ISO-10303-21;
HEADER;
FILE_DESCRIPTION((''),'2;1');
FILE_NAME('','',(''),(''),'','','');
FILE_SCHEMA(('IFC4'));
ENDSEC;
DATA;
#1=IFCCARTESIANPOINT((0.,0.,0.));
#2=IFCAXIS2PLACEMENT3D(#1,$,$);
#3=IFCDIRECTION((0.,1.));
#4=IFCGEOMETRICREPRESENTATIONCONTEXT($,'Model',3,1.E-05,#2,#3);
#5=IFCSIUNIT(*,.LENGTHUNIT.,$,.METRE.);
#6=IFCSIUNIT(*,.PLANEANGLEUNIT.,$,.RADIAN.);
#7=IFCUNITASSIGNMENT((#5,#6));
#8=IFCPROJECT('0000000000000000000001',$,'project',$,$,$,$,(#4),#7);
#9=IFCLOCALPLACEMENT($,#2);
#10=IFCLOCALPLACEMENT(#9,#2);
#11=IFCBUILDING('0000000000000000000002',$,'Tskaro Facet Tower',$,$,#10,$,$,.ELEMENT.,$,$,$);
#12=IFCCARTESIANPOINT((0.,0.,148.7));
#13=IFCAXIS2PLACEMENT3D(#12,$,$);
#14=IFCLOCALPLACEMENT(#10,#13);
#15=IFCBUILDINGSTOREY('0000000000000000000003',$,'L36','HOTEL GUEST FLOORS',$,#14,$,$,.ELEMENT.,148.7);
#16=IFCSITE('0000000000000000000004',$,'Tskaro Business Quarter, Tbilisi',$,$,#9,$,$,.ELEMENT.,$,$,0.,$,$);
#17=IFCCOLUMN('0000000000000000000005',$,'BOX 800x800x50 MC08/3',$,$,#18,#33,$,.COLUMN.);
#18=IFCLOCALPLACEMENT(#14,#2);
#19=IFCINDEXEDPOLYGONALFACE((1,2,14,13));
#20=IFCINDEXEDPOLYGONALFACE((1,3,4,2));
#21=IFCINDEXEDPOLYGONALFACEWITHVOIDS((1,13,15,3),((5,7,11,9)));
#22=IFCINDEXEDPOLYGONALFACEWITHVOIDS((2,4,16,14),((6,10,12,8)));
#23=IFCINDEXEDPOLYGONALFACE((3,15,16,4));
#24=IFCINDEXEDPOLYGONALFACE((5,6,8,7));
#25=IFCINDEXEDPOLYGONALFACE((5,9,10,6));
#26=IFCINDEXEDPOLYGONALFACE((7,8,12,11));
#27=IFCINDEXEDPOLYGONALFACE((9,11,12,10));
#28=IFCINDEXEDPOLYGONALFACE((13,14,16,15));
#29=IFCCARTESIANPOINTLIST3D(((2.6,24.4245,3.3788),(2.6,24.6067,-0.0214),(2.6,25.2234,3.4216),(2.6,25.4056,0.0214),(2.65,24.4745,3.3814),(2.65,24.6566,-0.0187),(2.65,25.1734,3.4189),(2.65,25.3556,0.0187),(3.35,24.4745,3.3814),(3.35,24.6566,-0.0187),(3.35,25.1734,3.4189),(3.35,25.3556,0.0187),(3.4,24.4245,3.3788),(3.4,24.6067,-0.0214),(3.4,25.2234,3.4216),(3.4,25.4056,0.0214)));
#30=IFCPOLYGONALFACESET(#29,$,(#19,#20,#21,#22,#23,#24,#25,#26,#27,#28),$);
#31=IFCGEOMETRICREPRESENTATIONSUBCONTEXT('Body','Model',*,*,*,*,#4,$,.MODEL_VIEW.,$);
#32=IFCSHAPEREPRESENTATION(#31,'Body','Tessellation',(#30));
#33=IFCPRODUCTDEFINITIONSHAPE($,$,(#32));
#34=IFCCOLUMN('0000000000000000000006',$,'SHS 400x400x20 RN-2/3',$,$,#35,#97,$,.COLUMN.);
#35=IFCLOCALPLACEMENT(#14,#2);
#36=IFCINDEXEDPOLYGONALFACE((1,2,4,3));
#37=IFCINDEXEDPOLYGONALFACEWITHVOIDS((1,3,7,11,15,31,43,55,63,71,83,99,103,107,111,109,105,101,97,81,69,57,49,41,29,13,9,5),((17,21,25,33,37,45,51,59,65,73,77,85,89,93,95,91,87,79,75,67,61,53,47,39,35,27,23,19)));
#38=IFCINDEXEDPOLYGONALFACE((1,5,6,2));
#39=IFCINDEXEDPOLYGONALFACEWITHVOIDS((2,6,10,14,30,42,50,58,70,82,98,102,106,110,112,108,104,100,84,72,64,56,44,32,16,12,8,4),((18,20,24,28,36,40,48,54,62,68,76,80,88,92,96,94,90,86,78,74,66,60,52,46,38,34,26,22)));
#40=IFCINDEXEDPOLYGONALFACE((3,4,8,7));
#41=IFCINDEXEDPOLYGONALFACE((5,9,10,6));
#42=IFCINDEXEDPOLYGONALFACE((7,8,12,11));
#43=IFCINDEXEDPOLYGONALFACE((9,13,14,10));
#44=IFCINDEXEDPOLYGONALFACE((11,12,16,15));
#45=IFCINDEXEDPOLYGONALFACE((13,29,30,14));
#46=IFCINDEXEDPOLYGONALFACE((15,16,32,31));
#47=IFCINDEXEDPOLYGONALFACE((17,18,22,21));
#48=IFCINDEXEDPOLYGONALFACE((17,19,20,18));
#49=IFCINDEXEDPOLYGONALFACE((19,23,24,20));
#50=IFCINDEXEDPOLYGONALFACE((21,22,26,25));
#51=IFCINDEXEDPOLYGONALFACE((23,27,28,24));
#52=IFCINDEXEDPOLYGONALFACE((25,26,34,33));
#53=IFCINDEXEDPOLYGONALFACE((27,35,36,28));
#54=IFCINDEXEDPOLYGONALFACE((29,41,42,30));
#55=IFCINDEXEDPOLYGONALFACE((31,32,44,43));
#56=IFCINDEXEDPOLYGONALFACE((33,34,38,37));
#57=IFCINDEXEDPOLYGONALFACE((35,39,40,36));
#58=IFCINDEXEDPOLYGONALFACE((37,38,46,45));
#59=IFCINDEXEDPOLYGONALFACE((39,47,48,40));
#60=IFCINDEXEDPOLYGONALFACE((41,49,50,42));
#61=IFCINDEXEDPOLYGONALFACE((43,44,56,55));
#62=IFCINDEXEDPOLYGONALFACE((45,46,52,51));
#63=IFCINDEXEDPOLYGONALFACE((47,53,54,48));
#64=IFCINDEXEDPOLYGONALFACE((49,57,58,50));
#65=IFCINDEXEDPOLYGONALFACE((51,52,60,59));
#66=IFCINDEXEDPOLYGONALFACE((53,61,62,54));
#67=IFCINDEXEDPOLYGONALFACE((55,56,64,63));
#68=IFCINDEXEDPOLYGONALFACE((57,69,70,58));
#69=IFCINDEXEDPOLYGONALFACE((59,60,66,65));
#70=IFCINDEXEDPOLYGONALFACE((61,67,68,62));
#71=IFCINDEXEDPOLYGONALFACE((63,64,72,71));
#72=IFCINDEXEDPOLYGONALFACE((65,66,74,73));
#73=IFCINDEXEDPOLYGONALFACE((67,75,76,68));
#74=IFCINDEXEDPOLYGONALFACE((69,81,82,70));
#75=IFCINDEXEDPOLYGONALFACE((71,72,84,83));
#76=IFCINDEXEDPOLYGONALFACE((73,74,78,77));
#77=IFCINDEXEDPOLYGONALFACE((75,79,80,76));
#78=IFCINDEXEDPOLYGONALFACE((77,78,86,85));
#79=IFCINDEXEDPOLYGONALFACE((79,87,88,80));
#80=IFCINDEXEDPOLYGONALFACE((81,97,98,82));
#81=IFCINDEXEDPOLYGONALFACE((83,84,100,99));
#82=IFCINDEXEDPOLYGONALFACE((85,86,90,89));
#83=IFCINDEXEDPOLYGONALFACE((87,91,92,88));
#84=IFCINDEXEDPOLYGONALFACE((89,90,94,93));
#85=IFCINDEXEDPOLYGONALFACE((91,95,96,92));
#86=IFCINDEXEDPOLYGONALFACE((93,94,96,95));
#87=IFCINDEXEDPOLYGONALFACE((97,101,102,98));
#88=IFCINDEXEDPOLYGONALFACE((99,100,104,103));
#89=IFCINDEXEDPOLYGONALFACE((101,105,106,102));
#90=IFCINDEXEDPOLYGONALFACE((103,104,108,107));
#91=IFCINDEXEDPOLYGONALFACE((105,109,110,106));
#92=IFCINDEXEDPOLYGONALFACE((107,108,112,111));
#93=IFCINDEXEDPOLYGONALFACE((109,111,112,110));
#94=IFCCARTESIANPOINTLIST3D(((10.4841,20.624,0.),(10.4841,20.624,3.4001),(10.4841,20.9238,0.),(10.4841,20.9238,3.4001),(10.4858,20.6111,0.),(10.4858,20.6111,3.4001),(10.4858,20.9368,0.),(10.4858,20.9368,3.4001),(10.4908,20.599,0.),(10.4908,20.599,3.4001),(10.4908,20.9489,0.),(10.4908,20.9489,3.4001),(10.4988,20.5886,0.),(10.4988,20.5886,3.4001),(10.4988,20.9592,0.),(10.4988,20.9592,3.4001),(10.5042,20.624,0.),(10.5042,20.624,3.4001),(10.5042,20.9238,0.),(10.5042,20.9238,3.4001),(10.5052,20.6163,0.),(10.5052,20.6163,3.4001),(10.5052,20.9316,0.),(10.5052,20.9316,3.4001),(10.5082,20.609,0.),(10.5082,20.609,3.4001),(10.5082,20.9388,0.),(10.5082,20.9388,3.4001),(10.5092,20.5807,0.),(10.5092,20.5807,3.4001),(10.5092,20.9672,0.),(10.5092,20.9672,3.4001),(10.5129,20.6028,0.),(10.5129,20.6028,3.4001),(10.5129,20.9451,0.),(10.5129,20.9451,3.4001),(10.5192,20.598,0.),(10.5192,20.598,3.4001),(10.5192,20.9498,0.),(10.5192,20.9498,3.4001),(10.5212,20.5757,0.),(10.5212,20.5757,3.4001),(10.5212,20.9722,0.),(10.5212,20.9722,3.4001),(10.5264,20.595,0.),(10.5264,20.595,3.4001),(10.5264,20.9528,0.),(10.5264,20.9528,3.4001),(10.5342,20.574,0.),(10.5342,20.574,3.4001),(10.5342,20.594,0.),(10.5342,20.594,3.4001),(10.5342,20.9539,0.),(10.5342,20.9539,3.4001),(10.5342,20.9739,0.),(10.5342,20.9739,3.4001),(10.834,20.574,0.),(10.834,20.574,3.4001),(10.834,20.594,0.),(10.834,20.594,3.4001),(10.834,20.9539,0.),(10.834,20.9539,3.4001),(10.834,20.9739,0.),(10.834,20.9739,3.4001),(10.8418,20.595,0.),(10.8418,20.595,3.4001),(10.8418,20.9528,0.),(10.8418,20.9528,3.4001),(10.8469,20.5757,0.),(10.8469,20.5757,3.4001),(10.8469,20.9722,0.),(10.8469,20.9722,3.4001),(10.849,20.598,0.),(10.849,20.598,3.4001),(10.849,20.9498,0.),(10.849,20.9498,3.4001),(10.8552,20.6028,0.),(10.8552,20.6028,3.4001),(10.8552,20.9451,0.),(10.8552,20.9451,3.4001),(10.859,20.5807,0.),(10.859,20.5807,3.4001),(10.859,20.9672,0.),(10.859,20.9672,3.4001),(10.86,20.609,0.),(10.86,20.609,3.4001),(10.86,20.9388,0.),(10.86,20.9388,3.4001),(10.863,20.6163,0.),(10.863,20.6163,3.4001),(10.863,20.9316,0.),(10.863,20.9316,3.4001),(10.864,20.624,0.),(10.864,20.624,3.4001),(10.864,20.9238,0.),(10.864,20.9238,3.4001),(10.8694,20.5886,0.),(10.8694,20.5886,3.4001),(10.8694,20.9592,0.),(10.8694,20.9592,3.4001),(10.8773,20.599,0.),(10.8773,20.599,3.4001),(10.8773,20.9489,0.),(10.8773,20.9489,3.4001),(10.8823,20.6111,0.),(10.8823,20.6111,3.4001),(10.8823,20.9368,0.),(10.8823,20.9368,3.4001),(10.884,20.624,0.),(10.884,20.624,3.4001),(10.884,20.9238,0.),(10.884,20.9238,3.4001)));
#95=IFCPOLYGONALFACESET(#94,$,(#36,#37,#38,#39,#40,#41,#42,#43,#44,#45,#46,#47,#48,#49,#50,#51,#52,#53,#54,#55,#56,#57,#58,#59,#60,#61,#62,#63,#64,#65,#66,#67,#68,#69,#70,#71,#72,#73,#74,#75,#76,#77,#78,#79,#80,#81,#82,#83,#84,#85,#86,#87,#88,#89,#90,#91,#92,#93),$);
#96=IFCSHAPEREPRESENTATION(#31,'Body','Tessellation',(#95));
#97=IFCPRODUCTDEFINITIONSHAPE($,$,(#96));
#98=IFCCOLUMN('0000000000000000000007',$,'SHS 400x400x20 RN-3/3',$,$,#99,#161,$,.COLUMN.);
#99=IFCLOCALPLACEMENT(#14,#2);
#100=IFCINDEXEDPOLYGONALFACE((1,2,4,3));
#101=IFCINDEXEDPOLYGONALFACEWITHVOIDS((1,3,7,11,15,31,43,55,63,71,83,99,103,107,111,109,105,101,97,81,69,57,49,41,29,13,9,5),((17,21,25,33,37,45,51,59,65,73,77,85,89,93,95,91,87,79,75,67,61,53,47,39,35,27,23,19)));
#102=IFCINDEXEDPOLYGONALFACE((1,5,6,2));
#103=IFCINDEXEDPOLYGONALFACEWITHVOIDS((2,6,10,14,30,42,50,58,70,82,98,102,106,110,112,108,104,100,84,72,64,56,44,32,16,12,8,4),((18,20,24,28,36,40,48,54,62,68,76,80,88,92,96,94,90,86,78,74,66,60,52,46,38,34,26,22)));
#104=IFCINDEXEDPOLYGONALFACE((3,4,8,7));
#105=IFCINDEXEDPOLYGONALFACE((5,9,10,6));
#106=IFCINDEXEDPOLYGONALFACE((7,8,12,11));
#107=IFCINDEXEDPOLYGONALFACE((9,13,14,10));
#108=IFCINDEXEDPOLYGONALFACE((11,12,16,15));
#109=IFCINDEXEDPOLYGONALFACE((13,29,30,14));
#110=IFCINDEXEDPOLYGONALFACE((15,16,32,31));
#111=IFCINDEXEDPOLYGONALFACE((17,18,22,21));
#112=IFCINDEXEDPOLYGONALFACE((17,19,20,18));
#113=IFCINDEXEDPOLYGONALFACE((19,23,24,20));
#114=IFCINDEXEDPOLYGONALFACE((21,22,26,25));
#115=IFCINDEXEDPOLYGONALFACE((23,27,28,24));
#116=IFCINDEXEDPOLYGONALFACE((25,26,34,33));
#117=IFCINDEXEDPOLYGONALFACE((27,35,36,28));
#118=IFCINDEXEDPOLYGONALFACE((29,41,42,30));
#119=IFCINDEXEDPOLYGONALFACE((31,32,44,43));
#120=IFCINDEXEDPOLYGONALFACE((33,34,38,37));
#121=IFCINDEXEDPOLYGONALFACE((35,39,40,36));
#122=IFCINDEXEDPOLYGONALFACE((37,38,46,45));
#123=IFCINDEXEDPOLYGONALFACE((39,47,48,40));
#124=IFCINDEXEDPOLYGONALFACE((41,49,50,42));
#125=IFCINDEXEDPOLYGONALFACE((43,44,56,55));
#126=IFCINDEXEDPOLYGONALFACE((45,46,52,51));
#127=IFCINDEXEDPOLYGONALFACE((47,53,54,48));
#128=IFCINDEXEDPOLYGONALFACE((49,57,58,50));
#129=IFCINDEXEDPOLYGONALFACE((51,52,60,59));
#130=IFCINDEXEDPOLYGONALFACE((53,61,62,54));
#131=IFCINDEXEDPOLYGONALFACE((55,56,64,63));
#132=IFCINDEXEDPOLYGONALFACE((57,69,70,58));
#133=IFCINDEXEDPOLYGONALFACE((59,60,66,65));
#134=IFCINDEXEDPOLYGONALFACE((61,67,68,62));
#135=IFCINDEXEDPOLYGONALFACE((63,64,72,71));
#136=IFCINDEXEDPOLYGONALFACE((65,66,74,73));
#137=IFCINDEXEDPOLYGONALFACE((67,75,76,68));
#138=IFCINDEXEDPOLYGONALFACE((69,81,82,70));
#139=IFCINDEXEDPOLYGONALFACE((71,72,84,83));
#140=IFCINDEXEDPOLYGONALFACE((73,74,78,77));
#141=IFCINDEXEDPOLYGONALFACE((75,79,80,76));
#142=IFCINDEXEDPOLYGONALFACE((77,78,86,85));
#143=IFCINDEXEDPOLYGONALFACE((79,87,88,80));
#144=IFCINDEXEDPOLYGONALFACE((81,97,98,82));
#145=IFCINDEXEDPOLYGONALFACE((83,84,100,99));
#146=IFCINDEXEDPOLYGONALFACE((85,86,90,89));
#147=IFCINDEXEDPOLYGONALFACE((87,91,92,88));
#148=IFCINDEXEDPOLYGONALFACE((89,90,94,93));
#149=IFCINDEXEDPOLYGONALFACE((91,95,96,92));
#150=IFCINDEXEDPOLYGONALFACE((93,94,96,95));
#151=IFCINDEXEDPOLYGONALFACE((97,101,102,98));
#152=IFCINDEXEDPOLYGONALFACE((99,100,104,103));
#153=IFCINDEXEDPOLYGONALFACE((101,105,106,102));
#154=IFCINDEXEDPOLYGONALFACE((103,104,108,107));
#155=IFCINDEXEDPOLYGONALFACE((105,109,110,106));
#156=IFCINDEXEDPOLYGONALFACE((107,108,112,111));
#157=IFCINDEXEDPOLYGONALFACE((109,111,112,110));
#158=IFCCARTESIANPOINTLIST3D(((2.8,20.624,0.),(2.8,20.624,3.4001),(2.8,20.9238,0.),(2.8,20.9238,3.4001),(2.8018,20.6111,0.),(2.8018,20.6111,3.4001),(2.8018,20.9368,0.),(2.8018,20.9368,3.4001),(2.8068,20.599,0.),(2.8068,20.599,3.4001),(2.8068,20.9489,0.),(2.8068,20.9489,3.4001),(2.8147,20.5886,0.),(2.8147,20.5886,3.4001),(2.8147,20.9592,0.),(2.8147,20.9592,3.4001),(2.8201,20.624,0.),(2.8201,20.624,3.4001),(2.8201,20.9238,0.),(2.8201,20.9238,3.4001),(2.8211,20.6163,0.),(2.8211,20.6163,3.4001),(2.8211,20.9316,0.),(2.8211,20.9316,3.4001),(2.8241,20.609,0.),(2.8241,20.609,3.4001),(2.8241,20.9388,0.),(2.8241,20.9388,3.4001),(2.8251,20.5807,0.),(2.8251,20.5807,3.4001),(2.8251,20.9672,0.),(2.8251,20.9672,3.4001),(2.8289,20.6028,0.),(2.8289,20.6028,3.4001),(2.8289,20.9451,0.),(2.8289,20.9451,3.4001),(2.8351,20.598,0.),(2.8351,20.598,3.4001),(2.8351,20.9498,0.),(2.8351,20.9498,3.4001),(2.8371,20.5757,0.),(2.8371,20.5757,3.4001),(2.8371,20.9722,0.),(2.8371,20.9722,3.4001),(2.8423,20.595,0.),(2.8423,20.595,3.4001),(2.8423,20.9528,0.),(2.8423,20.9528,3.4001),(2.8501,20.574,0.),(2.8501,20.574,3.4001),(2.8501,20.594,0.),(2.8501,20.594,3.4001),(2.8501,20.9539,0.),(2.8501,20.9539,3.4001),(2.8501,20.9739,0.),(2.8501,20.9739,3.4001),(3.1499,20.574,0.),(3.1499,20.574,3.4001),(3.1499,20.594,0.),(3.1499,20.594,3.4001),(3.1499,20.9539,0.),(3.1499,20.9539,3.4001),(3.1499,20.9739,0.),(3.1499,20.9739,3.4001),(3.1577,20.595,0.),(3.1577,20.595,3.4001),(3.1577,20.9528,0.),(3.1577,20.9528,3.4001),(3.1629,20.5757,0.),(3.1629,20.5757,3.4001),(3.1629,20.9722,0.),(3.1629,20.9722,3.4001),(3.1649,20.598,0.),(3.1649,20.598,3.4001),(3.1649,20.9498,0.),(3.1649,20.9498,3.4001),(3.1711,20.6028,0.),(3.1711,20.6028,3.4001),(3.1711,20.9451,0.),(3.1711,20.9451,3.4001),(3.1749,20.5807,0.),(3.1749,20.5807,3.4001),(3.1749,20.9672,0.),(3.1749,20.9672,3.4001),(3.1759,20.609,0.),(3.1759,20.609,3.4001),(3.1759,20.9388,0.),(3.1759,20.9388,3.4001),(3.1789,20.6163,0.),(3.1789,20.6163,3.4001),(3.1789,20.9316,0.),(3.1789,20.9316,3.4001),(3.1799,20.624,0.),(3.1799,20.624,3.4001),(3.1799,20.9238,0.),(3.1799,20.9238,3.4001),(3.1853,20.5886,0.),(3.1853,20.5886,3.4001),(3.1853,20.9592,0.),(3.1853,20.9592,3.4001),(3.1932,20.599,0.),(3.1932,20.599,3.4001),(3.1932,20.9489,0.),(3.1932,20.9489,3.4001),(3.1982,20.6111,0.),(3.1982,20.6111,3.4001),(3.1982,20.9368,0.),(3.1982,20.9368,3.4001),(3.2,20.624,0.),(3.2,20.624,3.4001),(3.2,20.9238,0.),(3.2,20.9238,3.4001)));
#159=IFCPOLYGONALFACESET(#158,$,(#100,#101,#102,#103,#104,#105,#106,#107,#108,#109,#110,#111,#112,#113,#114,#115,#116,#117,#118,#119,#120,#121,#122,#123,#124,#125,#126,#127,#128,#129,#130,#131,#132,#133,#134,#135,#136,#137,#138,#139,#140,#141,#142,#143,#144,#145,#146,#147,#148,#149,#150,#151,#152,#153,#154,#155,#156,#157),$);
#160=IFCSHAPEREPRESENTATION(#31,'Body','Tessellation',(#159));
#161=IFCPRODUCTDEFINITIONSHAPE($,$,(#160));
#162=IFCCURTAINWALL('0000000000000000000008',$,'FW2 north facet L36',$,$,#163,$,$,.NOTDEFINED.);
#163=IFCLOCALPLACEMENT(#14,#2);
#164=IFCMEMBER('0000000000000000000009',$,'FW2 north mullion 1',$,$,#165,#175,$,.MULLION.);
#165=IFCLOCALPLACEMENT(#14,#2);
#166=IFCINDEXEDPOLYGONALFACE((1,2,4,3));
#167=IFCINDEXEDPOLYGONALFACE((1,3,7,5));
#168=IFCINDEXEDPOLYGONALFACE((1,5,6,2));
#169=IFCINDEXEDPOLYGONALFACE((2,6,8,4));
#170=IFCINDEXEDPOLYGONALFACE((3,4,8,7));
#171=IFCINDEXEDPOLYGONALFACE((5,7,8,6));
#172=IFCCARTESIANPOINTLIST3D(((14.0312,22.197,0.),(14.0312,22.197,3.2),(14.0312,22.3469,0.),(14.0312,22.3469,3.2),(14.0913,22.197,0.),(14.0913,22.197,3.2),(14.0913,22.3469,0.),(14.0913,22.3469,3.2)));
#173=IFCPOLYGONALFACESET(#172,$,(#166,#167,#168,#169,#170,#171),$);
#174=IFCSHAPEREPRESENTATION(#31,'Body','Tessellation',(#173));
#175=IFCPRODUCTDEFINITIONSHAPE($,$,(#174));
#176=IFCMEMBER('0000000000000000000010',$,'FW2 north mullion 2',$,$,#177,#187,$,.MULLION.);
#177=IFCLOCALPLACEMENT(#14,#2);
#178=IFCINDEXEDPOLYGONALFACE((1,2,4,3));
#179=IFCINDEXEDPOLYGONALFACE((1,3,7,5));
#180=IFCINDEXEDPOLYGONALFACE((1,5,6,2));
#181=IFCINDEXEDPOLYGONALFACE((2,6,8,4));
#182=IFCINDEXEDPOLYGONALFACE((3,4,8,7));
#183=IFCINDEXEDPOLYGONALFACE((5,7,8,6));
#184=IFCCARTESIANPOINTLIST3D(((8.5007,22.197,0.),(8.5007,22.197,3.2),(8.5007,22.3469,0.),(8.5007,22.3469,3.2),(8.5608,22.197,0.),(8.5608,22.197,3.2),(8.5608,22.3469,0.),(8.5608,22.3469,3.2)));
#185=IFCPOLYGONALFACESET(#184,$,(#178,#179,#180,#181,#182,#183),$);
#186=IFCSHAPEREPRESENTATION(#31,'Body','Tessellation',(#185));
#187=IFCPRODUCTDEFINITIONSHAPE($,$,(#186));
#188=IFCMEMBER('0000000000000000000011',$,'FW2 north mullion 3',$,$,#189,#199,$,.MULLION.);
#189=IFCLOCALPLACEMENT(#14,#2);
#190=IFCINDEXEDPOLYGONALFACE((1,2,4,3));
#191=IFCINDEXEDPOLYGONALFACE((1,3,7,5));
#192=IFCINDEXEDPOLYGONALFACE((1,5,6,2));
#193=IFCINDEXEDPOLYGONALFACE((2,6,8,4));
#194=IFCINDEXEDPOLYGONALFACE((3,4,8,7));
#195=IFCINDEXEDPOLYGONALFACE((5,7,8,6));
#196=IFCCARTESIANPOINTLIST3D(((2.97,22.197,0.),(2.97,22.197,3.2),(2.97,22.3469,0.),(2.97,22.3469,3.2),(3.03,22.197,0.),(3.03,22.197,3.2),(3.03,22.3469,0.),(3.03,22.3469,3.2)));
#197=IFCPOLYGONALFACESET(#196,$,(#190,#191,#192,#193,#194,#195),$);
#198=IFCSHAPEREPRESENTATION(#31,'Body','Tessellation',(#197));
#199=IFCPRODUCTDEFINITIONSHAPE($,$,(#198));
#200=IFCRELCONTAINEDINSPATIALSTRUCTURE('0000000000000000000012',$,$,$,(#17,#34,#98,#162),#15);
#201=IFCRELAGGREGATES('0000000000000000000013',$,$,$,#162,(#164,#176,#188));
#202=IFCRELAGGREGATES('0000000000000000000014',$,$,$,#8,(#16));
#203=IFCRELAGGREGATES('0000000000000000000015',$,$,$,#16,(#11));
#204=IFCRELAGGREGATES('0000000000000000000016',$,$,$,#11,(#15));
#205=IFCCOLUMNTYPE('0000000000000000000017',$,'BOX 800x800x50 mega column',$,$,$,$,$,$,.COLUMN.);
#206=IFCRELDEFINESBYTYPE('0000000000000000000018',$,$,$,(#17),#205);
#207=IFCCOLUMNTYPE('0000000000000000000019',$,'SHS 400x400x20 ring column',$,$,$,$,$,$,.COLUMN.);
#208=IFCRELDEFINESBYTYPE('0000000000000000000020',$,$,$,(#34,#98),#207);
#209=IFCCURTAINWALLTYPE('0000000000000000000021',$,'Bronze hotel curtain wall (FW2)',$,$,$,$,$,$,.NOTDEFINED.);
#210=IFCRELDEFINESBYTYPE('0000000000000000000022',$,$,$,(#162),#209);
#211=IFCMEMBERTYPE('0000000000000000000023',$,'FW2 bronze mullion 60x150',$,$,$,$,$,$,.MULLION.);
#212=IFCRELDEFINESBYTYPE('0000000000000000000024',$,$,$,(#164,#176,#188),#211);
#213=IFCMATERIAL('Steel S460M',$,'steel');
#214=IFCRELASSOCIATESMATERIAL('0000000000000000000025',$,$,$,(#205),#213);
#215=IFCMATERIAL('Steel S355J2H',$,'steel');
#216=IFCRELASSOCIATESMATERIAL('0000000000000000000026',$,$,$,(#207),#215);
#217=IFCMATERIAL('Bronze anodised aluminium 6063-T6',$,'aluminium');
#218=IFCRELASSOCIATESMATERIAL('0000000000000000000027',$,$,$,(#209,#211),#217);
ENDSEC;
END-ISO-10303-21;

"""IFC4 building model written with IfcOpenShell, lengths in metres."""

from ifc_helpers import new_model, si_unit, direction, frame, origin, origin_2d, place, context, subcontext, project, spatial, rectangle, hollow_rectangle, extrude, material, material_profile, profile_set, type_object, element, aggregate, save


model = new_model("IFC4")

# Units and contexts
model_context = context("Model", 3, precision=1e-05, world=origin(), true_north=direction((0.0, 1.0)))
body_context = subcontext(model_context, "Body", "Model", "MODEL_VIEW")
ifc_project = project(units=[si_unit("LENGTHUNIT", "METRE"), si_unit("PLANEANGLEUNIT", "RADIAN")], contexts=[model_context])

# Site, building, storey
site_placement = place(None, origin())
site = spatial("IfcSite", under=ifc_project, at=site_placement, Name="Tskaro Business Quarter, Tbilisi", CompositionType="ELEMENT", RefElevation=0.0)
building_placement = place(site_placement, origin())
building = spatial("IfcBuilding", under=site, at=building_placement, Name="Tskaro Facet Tower", CompositionType="ELEMENT")
storey_placement = place(building_placement, frame((0.0, 0.0, 148.7)))
storey = spatial("IfcBuildingStorey", under=building, at=storey_placement, Name="L36", Description="HOTEL GUEST FLOORS", CompositionType="ELEMENT", Elevation=148.7)

# Columns
ifc_material_1 = material(Name="Steel S460M", Category="steel")
ifc_material_profile_1 = material_profile(ifc_material_1, hollow_rectangle(XDim=0.8, YDim=0.8, WallThickness=0.05, at=origin_2d()), Name="BOX 800x800x50")
ifc_profile_set_1 = profile_set([ifc_material_profile_1], Name="Steel S460M")
column_type_1 = type_object("IfcColumnType", Name="BOX 800x800x50 mega column", PredefinedType="COLUMN", material=ifc_profile_set_1)
column_placement = place(storey_placement, frame((3.0, 25.0061, 0.0), z_axis=(0.0, -0.053488, 0.998568), x_axis=(1.0, 0.0, 0.0)))
element("IfcColumn", 1, at=column_placement, inside=storey, type_object=column_type_1, Name="BOX 800x800x50 MC08/3", PredefinedType="COLUMN", context=body_context, shape_type="SweptSolid", body=[
    extrude(hollow_rectangle(XDim=0.8, YDim=0.8, WallThickness=0.05, at=origin_2d()), origin(), (0.0, 0.0, 1.0), 3.405),
])
ifc_material_2 = material(Name="Steel S355J2H", Category="steel")
ifc_material_profile_2 = material_profile(ifc_material_2, hollow_rectangle(XDim=0.3999, YDim=0.3999, WallThickness=0.02, InnerFilletRadius=0.03, OuterFilletRadius=0.05, at=origin_2d()), Name="SHS 400x400x20")
ifc_profile_set_2 = profile_set([ifc_material_profile_2], Name="Steel S355J2H")
column_type_2 = type_object("IfcColumnType", Name="SHS 400x400x20 ring column", PredefinedType="COLUMN", material=ifc_profile_set_2)
for number, where, z_axis, x_axis, name in (
    (2, (10.6841, 20.7739, 0.0), (0.0, 0.0, 1.0), (1.0, 0.0, 0.0), "SHS 400x400x20 RN-2/3"),
    (3, (3.0, 20.7739, 0.0), (0.0, 0.0, 1.0), (1.0, 0.0, 0.0), "SHS 400x400x20 RN-3/3"),
):
    element("IfcColumn", number, at=place(storey_placement, frame(where, z_axis=z_axis, x_axis=x_axis)), inside=storey, type_object=column_type_2, Name=name, PredefinedType="COLUMN", context=body_context, shape_type="SweptSolid", body=[
        extrude(hollow_rectangle(XDim=0.3999, YDim=0.3999, WallThickness=0.02, InnerFilletRadius=0.03, OuterFilletRadius=0.05, at=origin_2d()), origin(), (0.0, 0.0, 1.0), 3.4001),
    ])

# Curtain wall, members
ifc_material_3 = material(Name="Bronze anodised aluminium 6063-T6", Category="aluminium")
curtain_wall_type = type_object("IfcCurtainWallType", Name="Bronze hotel curtain wall (FW2)", PredefinedType="NOTDEFINED", material=ifc_material_3)
curtain_wall_placement = place(storey_placement, origin())
curtain_wall = element("IfcCurtainWall", 4, at=curtain_wall_placement, inside=storey, type_object=curtain_wall_type, Name="FW2 north facet L36", PredefinedType="NOTDEFINED")
ifc_material_profile_3 = material_profile(ifc_material_3, rectangle(XDim=0.0601, YDim=0.1499, at=origin_2d()), Name="Mullion 60x150")
ifc_profile_set_3 = profile_set([ifc_material_profile_3], Name="Bronze anodised aluminium 6063-T6")
member_type_1 = type_object("IfcMemberType", Name="FW2 bronze mullion 60x150", PredefinedType="MULLION", material=ifc_profile_set_3)
member_1_placement = place(storey_placement, frame((14.0613, 22.272, 0.0), z_axis=(0.0, 0.0, 1.0), x_axis=(-1.0, 0.0, 0.0)))
member_1 = element("IfcMember", 5, at=member_1_placement, type_object=member_type_1, Name="FW2 north mullion 1", PredefinedType="MULLION", context=body_context, shape_type="SweptSolid", body=[
    extrude(rectangle(XDim=0.0601, YDim=0.1499, at=origin_2d()), origin(), (0.0, 0.0, 1.0), 3.2),
])
member_2_placement = place(storey_placement, frame((8.5308, 22.272, 0.0), z_axis=(0.0, 0.0, 1.0), x_axis=(-1.0, 0.0, 0.0)))
member_2 = element("IfcMember", 6, at=member_2_placement, type_object=member_type_1, Name="FW2 north mullion 2", PredefinedType="MULLION", context=body_context, shape_type="SweptSolid", body=[
    extrude(rectangle(XDim=0.0601, YDim=0.1499, at=origin_2d()), origin(), (0.0, 0.0, 1.0), 3.2),
])
member_3_placement = place(storey_placement, frame((3.0, 22.272, 0.0), z_axis=(0.0, 0.0, 1.0), x_axis=(-1.0, 0.0, 0.0)))
member_3 = element("IfcMember", 7, at=member_3_placement, type_object=member_type_1, Name="FW2 north mullion 3", PredefinedType="MULLION", context=body_context, shape_type="SweptSolid", body=[
    extrude(rectangle(XDim=0.0601, YDim=0.1499, at=origin_2d()), origin(), (0.0, 0.0, 1.0), 3.2),
])

aggregate(curtain_wall, [member_1, member_2, member_3])

save(model, "model.ifc")
